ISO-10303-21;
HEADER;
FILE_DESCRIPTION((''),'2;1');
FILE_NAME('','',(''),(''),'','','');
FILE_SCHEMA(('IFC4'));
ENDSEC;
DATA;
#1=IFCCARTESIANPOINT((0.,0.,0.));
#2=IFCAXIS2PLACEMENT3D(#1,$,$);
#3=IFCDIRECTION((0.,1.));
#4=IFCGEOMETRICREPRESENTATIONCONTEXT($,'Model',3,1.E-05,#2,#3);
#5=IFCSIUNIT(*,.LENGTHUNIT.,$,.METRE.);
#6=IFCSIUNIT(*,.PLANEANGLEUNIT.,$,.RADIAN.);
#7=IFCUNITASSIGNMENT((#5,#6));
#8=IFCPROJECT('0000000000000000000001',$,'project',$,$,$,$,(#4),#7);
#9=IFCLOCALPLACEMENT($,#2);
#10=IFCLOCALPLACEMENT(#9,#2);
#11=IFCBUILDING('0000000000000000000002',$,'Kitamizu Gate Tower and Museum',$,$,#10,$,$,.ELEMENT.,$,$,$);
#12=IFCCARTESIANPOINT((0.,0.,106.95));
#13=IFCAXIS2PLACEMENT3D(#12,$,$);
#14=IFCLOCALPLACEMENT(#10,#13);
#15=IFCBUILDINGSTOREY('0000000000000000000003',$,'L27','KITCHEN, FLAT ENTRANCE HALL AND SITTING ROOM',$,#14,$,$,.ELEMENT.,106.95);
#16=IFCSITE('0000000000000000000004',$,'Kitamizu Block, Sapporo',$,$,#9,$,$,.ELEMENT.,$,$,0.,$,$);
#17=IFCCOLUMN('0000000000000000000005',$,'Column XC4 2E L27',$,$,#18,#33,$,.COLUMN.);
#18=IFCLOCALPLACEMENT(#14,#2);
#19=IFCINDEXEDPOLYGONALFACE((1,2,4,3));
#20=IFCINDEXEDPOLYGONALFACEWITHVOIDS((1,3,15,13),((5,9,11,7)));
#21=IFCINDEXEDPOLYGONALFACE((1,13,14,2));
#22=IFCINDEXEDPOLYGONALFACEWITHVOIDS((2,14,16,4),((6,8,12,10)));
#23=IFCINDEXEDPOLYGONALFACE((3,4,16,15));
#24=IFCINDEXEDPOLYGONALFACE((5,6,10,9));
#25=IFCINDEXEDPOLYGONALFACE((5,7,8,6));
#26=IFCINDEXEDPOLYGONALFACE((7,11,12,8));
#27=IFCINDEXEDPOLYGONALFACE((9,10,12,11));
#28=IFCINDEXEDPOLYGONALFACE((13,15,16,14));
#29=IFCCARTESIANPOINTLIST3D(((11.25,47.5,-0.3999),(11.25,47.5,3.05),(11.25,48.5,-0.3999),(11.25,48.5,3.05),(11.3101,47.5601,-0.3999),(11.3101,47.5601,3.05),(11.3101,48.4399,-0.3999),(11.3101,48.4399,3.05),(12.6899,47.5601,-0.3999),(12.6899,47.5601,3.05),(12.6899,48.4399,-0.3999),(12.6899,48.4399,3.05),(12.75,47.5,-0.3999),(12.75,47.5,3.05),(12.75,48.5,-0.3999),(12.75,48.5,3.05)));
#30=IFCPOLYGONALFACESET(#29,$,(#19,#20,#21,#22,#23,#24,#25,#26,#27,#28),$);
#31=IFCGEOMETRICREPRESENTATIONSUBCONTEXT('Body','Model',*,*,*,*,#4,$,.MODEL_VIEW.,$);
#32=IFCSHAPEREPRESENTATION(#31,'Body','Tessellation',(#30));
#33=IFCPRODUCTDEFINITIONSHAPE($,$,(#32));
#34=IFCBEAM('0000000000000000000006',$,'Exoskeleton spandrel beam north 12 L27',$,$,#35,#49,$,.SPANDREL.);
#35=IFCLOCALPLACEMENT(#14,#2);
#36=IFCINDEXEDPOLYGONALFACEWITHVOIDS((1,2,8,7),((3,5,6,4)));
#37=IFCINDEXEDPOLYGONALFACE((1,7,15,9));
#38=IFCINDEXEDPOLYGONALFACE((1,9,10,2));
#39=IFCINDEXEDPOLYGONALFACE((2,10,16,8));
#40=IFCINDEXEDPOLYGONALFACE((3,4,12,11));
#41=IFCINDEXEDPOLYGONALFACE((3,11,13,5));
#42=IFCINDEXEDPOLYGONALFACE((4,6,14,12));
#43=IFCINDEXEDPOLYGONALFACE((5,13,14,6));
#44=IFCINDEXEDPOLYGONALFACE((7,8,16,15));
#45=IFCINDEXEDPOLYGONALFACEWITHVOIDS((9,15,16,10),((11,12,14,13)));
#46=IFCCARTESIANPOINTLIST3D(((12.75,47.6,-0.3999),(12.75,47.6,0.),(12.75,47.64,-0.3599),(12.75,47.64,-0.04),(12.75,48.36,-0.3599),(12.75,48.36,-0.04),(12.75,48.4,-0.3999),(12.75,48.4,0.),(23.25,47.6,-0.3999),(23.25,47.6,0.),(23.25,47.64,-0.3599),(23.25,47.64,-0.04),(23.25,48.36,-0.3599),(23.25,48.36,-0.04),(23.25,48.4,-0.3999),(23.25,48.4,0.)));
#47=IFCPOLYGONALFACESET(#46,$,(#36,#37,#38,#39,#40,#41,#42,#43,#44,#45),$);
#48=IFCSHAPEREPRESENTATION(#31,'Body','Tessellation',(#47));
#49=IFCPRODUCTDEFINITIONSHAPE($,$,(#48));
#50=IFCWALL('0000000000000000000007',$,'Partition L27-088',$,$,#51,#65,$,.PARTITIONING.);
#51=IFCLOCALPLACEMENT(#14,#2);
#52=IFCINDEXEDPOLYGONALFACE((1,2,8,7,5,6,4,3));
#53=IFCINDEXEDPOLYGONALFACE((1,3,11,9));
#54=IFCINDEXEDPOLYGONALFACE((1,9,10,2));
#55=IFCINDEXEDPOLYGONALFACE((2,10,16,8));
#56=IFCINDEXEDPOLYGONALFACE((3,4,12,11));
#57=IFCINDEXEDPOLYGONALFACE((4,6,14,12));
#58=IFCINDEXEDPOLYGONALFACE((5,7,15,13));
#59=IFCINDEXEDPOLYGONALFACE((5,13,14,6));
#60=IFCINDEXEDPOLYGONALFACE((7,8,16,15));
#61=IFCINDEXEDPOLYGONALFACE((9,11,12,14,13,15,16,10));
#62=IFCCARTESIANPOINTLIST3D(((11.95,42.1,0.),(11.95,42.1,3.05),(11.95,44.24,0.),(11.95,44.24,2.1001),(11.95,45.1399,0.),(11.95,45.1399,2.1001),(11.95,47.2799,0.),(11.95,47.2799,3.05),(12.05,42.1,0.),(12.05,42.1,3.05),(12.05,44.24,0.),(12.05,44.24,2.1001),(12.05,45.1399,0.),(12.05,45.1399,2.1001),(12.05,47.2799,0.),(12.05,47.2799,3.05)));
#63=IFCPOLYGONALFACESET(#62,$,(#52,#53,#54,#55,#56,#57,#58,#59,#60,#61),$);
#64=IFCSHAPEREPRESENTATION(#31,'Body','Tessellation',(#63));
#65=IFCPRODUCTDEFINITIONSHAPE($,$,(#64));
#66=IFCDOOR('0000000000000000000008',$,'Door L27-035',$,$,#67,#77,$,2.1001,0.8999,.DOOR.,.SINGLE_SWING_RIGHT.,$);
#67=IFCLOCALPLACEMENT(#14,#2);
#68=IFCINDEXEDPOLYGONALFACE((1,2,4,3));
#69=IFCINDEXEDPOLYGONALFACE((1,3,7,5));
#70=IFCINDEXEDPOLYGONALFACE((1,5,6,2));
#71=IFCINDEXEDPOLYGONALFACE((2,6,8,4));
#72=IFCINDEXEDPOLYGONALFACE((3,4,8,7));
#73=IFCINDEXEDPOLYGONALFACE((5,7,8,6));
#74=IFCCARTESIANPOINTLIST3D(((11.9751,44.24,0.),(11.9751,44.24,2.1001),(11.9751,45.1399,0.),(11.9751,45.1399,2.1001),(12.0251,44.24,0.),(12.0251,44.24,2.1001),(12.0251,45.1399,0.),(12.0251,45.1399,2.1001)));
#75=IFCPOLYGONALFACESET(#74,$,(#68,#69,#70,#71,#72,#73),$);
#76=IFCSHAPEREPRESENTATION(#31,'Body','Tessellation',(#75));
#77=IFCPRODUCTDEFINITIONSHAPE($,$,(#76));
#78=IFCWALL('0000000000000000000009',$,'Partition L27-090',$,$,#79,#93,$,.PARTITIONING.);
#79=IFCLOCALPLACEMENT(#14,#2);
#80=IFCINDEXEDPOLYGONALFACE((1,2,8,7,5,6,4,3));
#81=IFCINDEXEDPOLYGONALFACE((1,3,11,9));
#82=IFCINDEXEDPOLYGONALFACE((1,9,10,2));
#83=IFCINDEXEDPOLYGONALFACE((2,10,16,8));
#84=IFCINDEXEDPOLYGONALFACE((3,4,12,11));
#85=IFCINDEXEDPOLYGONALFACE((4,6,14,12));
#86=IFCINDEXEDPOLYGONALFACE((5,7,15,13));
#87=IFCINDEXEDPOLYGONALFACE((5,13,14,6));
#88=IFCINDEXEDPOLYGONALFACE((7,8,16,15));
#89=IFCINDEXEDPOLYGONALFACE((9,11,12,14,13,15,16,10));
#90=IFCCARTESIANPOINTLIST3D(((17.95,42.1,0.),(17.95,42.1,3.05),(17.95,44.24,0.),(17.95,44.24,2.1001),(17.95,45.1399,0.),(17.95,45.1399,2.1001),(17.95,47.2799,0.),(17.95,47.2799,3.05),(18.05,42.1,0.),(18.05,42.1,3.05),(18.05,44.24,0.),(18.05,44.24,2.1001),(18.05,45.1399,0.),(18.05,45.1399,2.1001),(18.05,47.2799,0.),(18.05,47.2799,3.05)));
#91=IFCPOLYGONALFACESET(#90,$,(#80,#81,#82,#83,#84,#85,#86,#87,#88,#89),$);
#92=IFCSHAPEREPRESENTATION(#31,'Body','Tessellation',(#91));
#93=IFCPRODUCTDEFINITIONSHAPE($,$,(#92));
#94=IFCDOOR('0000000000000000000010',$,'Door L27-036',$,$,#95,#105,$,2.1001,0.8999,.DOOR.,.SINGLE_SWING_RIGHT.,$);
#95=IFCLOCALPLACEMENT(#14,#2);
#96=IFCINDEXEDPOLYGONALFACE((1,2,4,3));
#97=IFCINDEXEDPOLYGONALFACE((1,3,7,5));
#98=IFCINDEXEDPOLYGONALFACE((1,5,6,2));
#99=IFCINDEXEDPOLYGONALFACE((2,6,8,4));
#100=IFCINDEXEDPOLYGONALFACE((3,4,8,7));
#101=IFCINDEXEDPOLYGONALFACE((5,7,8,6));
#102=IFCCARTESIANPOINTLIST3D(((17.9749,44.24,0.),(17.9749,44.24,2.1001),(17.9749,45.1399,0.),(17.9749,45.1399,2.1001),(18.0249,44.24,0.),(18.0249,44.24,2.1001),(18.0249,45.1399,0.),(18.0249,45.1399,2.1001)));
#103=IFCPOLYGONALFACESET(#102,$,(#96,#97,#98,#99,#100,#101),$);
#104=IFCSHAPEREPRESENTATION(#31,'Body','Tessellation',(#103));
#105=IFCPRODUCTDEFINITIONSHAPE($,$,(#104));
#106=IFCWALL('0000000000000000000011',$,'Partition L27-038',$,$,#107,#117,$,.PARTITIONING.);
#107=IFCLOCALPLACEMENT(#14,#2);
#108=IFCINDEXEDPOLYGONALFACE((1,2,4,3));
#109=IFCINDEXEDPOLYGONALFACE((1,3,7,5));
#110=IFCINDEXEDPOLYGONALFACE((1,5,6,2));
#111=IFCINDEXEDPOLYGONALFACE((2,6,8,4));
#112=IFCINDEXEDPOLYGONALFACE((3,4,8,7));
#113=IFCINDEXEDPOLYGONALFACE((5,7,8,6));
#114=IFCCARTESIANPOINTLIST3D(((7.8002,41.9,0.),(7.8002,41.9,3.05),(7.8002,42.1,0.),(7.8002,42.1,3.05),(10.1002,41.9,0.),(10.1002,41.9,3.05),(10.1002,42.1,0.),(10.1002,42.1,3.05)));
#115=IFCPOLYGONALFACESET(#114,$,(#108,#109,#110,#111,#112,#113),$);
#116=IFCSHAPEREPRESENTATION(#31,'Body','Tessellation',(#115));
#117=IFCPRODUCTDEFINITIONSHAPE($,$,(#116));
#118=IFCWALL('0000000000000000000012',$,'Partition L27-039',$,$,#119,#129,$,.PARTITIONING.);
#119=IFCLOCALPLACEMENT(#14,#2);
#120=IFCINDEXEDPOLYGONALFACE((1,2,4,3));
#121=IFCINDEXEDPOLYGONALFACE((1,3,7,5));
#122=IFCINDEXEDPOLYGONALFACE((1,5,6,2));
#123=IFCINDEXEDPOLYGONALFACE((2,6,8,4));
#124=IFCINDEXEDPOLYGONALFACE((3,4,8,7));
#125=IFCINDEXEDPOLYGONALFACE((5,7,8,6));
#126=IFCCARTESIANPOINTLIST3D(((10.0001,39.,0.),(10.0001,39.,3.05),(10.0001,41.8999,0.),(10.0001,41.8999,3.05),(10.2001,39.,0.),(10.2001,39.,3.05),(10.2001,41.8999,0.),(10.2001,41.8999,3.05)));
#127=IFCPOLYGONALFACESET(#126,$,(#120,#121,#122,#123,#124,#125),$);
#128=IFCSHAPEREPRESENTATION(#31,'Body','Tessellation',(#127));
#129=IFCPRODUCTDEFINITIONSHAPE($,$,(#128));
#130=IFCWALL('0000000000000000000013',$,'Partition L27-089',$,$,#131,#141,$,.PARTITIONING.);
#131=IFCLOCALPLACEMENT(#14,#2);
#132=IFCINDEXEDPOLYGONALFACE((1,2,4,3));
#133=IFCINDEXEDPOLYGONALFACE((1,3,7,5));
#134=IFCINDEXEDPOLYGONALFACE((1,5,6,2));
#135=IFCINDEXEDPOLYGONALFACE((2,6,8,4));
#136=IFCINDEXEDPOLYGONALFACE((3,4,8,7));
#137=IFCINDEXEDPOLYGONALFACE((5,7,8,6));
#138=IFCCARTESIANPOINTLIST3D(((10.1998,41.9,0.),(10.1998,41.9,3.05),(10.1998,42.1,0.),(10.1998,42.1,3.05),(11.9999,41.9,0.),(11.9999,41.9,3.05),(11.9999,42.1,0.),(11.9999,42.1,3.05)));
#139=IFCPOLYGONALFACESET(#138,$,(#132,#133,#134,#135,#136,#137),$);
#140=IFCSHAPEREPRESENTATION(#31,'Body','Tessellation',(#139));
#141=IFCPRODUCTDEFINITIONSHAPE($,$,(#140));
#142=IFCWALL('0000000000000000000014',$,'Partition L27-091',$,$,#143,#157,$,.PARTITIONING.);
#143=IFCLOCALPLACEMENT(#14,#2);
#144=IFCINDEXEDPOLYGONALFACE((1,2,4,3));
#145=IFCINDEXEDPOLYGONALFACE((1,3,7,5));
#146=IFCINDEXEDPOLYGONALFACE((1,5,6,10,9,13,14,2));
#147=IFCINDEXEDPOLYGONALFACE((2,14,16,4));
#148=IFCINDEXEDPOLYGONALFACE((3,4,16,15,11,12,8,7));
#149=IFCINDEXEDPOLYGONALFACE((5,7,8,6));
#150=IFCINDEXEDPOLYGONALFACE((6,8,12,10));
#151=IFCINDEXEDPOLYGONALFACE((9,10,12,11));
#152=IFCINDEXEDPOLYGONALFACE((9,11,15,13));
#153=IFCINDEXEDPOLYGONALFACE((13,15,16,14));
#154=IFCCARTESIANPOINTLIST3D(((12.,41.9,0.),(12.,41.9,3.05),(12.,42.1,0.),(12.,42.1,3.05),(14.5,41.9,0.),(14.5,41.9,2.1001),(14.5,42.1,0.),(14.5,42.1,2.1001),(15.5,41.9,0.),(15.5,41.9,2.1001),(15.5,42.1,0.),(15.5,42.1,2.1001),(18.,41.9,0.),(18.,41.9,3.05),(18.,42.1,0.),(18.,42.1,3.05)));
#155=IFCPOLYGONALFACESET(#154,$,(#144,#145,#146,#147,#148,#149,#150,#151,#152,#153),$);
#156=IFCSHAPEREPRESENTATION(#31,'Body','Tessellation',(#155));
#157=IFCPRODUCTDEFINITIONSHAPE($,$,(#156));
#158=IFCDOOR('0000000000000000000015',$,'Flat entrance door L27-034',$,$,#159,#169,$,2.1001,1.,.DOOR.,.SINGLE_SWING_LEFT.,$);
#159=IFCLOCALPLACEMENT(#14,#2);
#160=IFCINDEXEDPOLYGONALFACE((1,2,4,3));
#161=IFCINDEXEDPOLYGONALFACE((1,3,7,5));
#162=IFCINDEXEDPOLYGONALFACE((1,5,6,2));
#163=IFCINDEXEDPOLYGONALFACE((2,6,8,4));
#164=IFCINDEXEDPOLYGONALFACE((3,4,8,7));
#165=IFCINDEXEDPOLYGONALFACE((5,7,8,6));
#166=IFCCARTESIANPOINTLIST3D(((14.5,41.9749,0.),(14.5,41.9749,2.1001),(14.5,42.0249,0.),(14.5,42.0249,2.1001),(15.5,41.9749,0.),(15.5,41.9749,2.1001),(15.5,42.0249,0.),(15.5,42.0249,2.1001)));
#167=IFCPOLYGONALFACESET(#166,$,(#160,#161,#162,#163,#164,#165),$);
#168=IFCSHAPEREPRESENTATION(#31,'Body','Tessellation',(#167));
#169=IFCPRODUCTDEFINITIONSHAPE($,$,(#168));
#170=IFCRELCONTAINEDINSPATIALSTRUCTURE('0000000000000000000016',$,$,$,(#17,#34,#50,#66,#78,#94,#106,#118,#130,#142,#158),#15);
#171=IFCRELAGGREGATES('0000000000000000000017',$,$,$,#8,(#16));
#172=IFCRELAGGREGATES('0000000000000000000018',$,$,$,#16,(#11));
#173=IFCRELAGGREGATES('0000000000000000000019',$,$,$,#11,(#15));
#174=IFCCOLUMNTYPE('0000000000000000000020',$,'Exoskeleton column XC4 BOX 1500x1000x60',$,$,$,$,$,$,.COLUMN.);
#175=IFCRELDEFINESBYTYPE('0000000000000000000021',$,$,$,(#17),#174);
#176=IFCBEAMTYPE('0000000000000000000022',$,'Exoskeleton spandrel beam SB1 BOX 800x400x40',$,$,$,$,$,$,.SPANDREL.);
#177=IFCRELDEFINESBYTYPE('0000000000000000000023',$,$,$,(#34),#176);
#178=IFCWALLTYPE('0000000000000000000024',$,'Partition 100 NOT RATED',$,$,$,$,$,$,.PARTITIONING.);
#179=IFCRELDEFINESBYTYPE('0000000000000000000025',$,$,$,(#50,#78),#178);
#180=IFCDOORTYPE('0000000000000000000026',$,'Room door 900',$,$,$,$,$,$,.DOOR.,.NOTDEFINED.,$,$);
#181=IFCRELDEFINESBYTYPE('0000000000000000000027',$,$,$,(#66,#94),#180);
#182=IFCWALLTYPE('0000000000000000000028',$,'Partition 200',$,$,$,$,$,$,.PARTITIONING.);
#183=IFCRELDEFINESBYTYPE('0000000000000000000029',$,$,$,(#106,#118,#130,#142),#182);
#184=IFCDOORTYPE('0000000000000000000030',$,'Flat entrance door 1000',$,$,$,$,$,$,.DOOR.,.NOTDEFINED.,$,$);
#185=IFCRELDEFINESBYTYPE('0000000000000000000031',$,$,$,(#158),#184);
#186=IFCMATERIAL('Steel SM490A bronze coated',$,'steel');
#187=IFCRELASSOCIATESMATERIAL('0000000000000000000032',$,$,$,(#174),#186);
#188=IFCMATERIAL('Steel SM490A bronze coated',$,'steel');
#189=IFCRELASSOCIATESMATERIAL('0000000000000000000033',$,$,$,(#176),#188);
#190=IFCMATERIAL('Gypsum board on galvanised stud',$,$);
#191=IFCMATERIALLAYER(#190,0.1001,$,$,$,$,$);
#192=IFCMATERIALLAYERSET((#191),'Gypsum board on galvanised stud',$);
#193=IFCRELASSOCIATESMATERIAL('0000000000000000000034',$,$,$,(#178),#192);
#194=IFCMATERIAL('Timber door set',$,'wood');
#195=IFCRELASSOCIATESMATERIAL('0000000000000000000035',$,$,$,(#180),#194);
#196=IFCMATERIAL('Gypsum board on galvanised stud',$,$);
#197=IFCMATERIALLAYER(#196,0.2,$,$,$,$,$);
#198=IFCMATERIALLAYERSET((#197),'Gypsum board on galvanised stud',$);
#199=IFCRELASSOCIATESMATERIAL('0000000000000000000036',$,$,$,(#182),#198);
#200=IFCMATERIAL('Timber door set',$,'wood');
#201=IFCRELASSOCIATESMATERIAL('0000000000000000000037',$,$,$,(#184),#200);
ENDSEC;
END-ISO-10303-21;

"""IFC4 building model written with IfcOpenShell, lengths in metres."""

from ifc_helpers import new_model, si_unit, direction, frame, frame_2d, origin, origin_2d, place, context, subcontext, project, spatial, rectangle, hollow_rectangle, extrude, material, layer, layer_set, material_profile, profile_set, type_object, element, fill, save


model = new_model("IFC4")

# Units and contexts
model_context = context("Model", 3, precision=1e-05, world=origin(), true_north=direction((0.0, 1.0)))
body_context = subcontext(model_context, "Body", "Model", "MODEL_VIEW")
ifc_project = project(units=[si_unit("LENGTHUNIT", "METRE"), si_unit("PLANEANGLEUNIT", "RADIAN")], contexts=[model_context])

# Site, building, storey
site_placement = place(None, origin())
site = spatial("IfcSite", under=ifc_project, at=site_placement, Name="Kitamizu Block, Sapporo", CompositionType="ELEMENT", RefElevation=0.0)
building_placement = place(site_placement, origin())
building = spatial("IfcBuilding", under=site, at=building_placement, Name="Kitamizu Gate Tower and Museum", CompositionType="ELEMENT")
storey_placement = place(building_placement, frame((0.0, 0.0, 106.95)))
storey = spatial("IfcBuildingStorey", under=building, at=storey_placement, Name="L27", Description="KITCHEN, FLAT ENTRANCE HALL AND SITTING ROOM", CompositionType="ELEMENT", Elevation=106.95)

# Column
ifc_material_1 = material(Name="Steel SM490A bronze coated", Category="steel")
ifc_material_profile_1 = material_profile(ifc_material_1, hollow_rectangle(XDim=1.5, YDim=1.0, WallThickness=0.0601, at=origin_2d()), Name="BOX 1500x1000x60")
ifc_profile_set_1 = profile_set([ifc_material_profile_1], Name="Steel SM490A bronze coated")
column_type = type_object("IfcColumnType", Name="Exoskeleton column XC4 BOX 1500x1000x60", PredefinedType="COLUMN", material=ifc_profile_set_1)
column_placement = place(storey_placement, frame((12.0, 48.0, -0.3999), z_axis=(0.0, 0.0, 1.0), x_axis=(1.0, 0.0, 0.0)))
element("IfcColumn", 1, at=column_placement, inside=storey, type_object=column_type, Name="Column XC4 2E L27", PredefinedType="COLUMN", context=body_context, shape_type="SweptSolid", body=[
    extrude(hollow_rectangle(XDim=1.5, YDim=1.0, WallThickness=0.0601, at=origin_2d()), origin(), (0.0, 0.0, 1.0), 3.45),
])

# Beam
ifc_material_2 = material(Name="Steel SM490A bronze coated", Category="steel")
ifc_material_profile_2 = material_profile(ifc_material_2, hollow_rectangle(XDim=0.8, YDim=0.3999, WallThickness=0.04, at=origin_2d()), Name="BOX 800x400x40")
ifc_profile_set_2 = profile_set([ifc_material_profile_2], Name="Steel SM490A bronze coated")
beam_type = type_object("IfcBeamType", Name="Exoskeleton spandrel beam SB1 BOX 800x400x40", PredefinedType="SPANDREL", material=ifc_profile_set_2)
beam_placement = place(storey_placement, frame((12.75, 48.0, -0.2), z_axis=(1.0, 0.0, 0.0), x_axis=(0.0, 1.0, 0.0)))
element("IfcBeam", 2, at=beam_placement, inside=storey, type_object=beam_type, Name="Exoskeleton spandrel beam north 12 L27", PredefinedType="SPANDREL", context=body_context, shape_type="SweptSolid", body=[
    extrude(hollow_rectangle(XDim=0.8, YDim=0.3999, WallThickness=0.04, at=origin_2d()), origin(), (0.0, 0.0, 1.0), 10.5),
])

# Walls, openings, doors
ifc_material_3 = material(Name="Gypsum board on galvanised stud")
ifc_layer_1 = layer(ifc_material_3, 0.1001)
ifc_layer_set_1 = layer_set([ifc_layer_1], Name="Gypsum board on galvanised stud")
wall_type_1 = type_object("IfcWallType", Name="Partition 100 NOT RATED", PredefinedType="PARTITIONING", material=ifc_layer_set_1)
wall_1_placement = place(storey_placement, frame((12.0, 42.1001, 0.0), z_axis=(0.0, 0.0, 1.0), x_axis=(0.0, 1.0, 0.0)))
wall_1 = element("IfcWall", 3, at=wall_1_placement, inside=storey, type_object=wall_type_1, Name="Partition L27-088", PredefinedType="PARTITIONING", context=body_context, shape_type="SweptSolid", body=[
    extrude(rectangle(XDim=5.1799, YDim=0.1001, at=frame_2d((2.5898, 0.0))), origin(), (0.0, 0.0, 1.0), 3.05),
])
opening_1_placement = place(wall_1_placement, frame((2.1399, 0.0, 0.0)))
opening_1 = element("IfcOpeningElement", 4, at=opening_1_placement, cuts=wall_1, PredefinedType="OPENING", context=body_context, shape_type="SweptSolid", body=[
    extrude(rectangle(XDim=0.8999, YDim=2.1001, at=frame_2d((0.45, 1.05))), frame((0.0, 0.0601, 0.0), z_axis=(0.0, -1.0, 0.0), x_axis=(1.0, 0.0, 0.0)), (0.0, 0.0, 1.0), 0.1201),
])
ifc_material_4 = material(Name="Timber door set", Category="wood")
door_type_1 = type_object("IfcDoorType", Name="Room door 900", OperationType="NOTDEFINED", PredefinedType="DOOR", material=ifc_material_4)
door_1_placement = place(opening_1_placement, origin())
door_1 = element("IfcDoor", 5, at=door_1_placement, inside=storey, type_object=door_type_1, Name="Door L27-035", OperationType="SINGLE_SWING_RIGHT", OverallHeight=2.1001, OverallWidth=0.8999, PredefinedType="DOOR", context=body_context, shape_type="SweptSolid", body=[
    extrude(rectangle(XDim=0.8999, YDim=2.1001, at=frame_2d((0.45, 1.05))), frame((0.0, 0.0249, 0.0), z_axis=(0.0, -1.0, 0.0), x_axis=(1.0, 0.0, 0.0)), (0.0, 0.0, 1.0), 0.05),
])
fill(opening_1, door_1)
wall_2_placement = place(storey_placement, frame((18.0, 42.1001, 0.0), z_axis=(0.0, 0.0, 1.0), x_axis=(0.0, 1.0, 0.0)))
wall_2 = element("IfcWall", 6, at=wall_2_placement, inside=storey, type_object=wall_type_1, Name="Partition L27-090", PredefinedType="PARTITIONING", context=body_context, shape_type="SweptSolid", body=[
    extrude(rectangle(XDim=5.1799, YDim=0.1001, at=frame_2d((2.5898, 0.0))), origin(), (0.0, 0.0, 1.0), 3.05),
])
opening_2_placement = place(wall_2_placement, frame((2.1399, 0.0, 0.0)))
opening_2 = element("IfcOpeningElement", 7, at=opening_2_placement, cuts=wall_2, PredefinedType="OPENING", context=body_context, shape_type="SweptSolid", body=[
    extrude(rectangle(XDim=0.8999, YDim=2.1001, at=frame_2d((0.45, 1.05))), frame((0.0, 0.0601, 0.0), z_axis=(0.0, -1.0, 0.0), x_axis=(1.0, 0.0, 0.0)), (0.0, 0.0, 1.0), 0.1201),
])
door_2_placement = place(opening_2_placement, frame((0.8999, 0.0, 0.0), x_axis=(-1.0, 0.0, 0.0)))
door_2 = element("IfcDoor", 8, at=door_2_placement, inside=storey, type_object=door_type_1, Name="Door L27-036", OperationType="SINGLE_SWING_RIGHT", OverallHeight=2.1001, OverallWidth=0.8999, PredefinedType="DOOR", context=body_context, shape_type="SweptSolid", body=[
    extrude(rectangle(XDim=0.8999, YDim=2.1001, at=frame_2d((0.45, 1.05))), frame((0.0, 0.0249, 0.0), z_axis=(0.0, -1.0, 0.0), x_axis=(1.0, 0.0, 0.0)), (0.0, 0.0, 1.0), 0.05),
])
fill(opening_2, door_2)

# Walls
ifc_material_5 = material(Name="Gypsum board on galvanised stud")
ifc_layer_2 = layer(ifc_material_5, 0.2)
ifc_layer_set_2 = layer_set([ifc_layer_2], Name="Gypsum board on galvanised stud")
wall_type_2 = type_object("IfcWallType", Name="Partition 200", PredefinedType="PARTITIONING", material=ifc_layer_set_2)
wall_3_placement = place(storey_placement, frame((10.1001, 42.0, 0.0), z_axis=(0.0, 0.0, 1.0), x_axis=(-1.0, 0.0, 0.0)))
element("IfcWall", 9, at=wall_3_placement, inside=storey, type_object=wall_type_2, Name="Partition L27-038", PredefinedType="PARTITIONING", context=body_context, shape_type="SweptSolid", body=[
    extrude(rectangle(XDim=2.3, YDim=0.2, at=frame_2d((1.1499, 0.0))), origin(), (0.0, 0.0, 1.0), 3.05),
])
wall_4_placement = place(storey_placement, frame((10.1001, 39.0, 0.0), z_axis=(0.0, 0.0, 1.0), x_axis=(0.0, 1.0, 0.0)))
element("IfcWall", 10, at=wall_4_placement, inside=storey, type_object=wall_type_2, Name="Partition L27-039", PredefinedType="PARTITIONING", context=body_context, shape_type="SweptSolid", body=[
    extrude(rectangle(XDim=2.8999, YDim=0.2, at=frame_2d((1.45, 0.0))), origin(), (0.0, 0.0, 1.0), 3.05),
])
wall_5_placement = place(storey_placement, frame((10.2, 42.0, 0.0), z_axis=(0.0, 0.0, 1.0), x_axis=(1.0, 0.0, 0.0)))
element("IfcWall", 11, at=wall_5_placement, inside=storey, type_object=wall_type_2, Name="Partition L27-089", PredefinedType="PARTITIONING", context=body_context, shape_type="SweptSolid", body=[
    extrude(rectangle(XDim=1.8, YDim=0.2, at=frame_2d((0.8999, 0.0))), origin(), (0.0, 0.0, 1.0), 3.05),
])

# Wall, opening, door
wall_6_placement = place(storey_placement, frame((12.0, 42.0, 0.0), z_axis=(0.0, 0.0, 1.0), x_axis=(1.0, 0.0, 0.0)))
wall_6 = element("IfcWall", 12, at=wall_6_placement, inside=storey, type_object=wall_type_2, Name="Partition L27-091", PredefinedType="PARTITIONING", context=body_context, shape_type="SweptSolid", body=[
    extrude(rectangle(XDim=6.0, YDim=0.2, at=frame_2d((3.0, 0.0))), origin(), (0.0, 0.0, 1.0), 3.05),
])
opening_3_placement = place(wall_6_placement, frame((2.5, 0.0, 0.0)))
opening_3 = element("IfcOpeningElement", 13, at=opening_3_placement, cuts=wall_6, PredefinedType="OPENING", context=body_context, shape_type="SweptSolid", body=[
    extrude(rectangle(XDim=1.0, YDim=2.1001, at=frame_2d((0.5, 1.05))), frame((0.0, 0.1099, 0.0), z_axis=(0.0, -1.0, 0.0), x_axis=(1.0, 0.0, 0.0)), (0.0, 0.0, 1.0), 0.22),
])
ifc_material_6 = material(Name="Timber door set", Category="wood")
door_type_2 = type_object("IfcDoorType", Name="Flat entrance door 1000", OperationType="NOTDEFINED", PredefinedType="DOOR", material=ifc_material_6)
door_3_placement = place(opening_3_placement, origin())
door_3 = element("IfcDoor", 14, at=door_3_placement, inside=storey, type_object=door_type_2, Name="Flat entrance door L27-034", OperationType="SINGLE_SWING_LEFT", OverallHeight=2.1001, OverallWidth=1.0, PredefinedType="DOOR", context=body_context, shape_type="SweptSolid", body=[
    extrude(rectangle(XDim=1.0, YDim=2.1001, at=frame_2d((0.5, 1.05))), frame((0.0, 0.0249, 0.0), z_axis=(0.0, -1.0, 0.0), x_axis=(1.0, 0.0, 0.0)), (0.0, 0.0, 1.0), 0.05),
])
fill(opening_3, door_3)

save(model, "model.ifc")
